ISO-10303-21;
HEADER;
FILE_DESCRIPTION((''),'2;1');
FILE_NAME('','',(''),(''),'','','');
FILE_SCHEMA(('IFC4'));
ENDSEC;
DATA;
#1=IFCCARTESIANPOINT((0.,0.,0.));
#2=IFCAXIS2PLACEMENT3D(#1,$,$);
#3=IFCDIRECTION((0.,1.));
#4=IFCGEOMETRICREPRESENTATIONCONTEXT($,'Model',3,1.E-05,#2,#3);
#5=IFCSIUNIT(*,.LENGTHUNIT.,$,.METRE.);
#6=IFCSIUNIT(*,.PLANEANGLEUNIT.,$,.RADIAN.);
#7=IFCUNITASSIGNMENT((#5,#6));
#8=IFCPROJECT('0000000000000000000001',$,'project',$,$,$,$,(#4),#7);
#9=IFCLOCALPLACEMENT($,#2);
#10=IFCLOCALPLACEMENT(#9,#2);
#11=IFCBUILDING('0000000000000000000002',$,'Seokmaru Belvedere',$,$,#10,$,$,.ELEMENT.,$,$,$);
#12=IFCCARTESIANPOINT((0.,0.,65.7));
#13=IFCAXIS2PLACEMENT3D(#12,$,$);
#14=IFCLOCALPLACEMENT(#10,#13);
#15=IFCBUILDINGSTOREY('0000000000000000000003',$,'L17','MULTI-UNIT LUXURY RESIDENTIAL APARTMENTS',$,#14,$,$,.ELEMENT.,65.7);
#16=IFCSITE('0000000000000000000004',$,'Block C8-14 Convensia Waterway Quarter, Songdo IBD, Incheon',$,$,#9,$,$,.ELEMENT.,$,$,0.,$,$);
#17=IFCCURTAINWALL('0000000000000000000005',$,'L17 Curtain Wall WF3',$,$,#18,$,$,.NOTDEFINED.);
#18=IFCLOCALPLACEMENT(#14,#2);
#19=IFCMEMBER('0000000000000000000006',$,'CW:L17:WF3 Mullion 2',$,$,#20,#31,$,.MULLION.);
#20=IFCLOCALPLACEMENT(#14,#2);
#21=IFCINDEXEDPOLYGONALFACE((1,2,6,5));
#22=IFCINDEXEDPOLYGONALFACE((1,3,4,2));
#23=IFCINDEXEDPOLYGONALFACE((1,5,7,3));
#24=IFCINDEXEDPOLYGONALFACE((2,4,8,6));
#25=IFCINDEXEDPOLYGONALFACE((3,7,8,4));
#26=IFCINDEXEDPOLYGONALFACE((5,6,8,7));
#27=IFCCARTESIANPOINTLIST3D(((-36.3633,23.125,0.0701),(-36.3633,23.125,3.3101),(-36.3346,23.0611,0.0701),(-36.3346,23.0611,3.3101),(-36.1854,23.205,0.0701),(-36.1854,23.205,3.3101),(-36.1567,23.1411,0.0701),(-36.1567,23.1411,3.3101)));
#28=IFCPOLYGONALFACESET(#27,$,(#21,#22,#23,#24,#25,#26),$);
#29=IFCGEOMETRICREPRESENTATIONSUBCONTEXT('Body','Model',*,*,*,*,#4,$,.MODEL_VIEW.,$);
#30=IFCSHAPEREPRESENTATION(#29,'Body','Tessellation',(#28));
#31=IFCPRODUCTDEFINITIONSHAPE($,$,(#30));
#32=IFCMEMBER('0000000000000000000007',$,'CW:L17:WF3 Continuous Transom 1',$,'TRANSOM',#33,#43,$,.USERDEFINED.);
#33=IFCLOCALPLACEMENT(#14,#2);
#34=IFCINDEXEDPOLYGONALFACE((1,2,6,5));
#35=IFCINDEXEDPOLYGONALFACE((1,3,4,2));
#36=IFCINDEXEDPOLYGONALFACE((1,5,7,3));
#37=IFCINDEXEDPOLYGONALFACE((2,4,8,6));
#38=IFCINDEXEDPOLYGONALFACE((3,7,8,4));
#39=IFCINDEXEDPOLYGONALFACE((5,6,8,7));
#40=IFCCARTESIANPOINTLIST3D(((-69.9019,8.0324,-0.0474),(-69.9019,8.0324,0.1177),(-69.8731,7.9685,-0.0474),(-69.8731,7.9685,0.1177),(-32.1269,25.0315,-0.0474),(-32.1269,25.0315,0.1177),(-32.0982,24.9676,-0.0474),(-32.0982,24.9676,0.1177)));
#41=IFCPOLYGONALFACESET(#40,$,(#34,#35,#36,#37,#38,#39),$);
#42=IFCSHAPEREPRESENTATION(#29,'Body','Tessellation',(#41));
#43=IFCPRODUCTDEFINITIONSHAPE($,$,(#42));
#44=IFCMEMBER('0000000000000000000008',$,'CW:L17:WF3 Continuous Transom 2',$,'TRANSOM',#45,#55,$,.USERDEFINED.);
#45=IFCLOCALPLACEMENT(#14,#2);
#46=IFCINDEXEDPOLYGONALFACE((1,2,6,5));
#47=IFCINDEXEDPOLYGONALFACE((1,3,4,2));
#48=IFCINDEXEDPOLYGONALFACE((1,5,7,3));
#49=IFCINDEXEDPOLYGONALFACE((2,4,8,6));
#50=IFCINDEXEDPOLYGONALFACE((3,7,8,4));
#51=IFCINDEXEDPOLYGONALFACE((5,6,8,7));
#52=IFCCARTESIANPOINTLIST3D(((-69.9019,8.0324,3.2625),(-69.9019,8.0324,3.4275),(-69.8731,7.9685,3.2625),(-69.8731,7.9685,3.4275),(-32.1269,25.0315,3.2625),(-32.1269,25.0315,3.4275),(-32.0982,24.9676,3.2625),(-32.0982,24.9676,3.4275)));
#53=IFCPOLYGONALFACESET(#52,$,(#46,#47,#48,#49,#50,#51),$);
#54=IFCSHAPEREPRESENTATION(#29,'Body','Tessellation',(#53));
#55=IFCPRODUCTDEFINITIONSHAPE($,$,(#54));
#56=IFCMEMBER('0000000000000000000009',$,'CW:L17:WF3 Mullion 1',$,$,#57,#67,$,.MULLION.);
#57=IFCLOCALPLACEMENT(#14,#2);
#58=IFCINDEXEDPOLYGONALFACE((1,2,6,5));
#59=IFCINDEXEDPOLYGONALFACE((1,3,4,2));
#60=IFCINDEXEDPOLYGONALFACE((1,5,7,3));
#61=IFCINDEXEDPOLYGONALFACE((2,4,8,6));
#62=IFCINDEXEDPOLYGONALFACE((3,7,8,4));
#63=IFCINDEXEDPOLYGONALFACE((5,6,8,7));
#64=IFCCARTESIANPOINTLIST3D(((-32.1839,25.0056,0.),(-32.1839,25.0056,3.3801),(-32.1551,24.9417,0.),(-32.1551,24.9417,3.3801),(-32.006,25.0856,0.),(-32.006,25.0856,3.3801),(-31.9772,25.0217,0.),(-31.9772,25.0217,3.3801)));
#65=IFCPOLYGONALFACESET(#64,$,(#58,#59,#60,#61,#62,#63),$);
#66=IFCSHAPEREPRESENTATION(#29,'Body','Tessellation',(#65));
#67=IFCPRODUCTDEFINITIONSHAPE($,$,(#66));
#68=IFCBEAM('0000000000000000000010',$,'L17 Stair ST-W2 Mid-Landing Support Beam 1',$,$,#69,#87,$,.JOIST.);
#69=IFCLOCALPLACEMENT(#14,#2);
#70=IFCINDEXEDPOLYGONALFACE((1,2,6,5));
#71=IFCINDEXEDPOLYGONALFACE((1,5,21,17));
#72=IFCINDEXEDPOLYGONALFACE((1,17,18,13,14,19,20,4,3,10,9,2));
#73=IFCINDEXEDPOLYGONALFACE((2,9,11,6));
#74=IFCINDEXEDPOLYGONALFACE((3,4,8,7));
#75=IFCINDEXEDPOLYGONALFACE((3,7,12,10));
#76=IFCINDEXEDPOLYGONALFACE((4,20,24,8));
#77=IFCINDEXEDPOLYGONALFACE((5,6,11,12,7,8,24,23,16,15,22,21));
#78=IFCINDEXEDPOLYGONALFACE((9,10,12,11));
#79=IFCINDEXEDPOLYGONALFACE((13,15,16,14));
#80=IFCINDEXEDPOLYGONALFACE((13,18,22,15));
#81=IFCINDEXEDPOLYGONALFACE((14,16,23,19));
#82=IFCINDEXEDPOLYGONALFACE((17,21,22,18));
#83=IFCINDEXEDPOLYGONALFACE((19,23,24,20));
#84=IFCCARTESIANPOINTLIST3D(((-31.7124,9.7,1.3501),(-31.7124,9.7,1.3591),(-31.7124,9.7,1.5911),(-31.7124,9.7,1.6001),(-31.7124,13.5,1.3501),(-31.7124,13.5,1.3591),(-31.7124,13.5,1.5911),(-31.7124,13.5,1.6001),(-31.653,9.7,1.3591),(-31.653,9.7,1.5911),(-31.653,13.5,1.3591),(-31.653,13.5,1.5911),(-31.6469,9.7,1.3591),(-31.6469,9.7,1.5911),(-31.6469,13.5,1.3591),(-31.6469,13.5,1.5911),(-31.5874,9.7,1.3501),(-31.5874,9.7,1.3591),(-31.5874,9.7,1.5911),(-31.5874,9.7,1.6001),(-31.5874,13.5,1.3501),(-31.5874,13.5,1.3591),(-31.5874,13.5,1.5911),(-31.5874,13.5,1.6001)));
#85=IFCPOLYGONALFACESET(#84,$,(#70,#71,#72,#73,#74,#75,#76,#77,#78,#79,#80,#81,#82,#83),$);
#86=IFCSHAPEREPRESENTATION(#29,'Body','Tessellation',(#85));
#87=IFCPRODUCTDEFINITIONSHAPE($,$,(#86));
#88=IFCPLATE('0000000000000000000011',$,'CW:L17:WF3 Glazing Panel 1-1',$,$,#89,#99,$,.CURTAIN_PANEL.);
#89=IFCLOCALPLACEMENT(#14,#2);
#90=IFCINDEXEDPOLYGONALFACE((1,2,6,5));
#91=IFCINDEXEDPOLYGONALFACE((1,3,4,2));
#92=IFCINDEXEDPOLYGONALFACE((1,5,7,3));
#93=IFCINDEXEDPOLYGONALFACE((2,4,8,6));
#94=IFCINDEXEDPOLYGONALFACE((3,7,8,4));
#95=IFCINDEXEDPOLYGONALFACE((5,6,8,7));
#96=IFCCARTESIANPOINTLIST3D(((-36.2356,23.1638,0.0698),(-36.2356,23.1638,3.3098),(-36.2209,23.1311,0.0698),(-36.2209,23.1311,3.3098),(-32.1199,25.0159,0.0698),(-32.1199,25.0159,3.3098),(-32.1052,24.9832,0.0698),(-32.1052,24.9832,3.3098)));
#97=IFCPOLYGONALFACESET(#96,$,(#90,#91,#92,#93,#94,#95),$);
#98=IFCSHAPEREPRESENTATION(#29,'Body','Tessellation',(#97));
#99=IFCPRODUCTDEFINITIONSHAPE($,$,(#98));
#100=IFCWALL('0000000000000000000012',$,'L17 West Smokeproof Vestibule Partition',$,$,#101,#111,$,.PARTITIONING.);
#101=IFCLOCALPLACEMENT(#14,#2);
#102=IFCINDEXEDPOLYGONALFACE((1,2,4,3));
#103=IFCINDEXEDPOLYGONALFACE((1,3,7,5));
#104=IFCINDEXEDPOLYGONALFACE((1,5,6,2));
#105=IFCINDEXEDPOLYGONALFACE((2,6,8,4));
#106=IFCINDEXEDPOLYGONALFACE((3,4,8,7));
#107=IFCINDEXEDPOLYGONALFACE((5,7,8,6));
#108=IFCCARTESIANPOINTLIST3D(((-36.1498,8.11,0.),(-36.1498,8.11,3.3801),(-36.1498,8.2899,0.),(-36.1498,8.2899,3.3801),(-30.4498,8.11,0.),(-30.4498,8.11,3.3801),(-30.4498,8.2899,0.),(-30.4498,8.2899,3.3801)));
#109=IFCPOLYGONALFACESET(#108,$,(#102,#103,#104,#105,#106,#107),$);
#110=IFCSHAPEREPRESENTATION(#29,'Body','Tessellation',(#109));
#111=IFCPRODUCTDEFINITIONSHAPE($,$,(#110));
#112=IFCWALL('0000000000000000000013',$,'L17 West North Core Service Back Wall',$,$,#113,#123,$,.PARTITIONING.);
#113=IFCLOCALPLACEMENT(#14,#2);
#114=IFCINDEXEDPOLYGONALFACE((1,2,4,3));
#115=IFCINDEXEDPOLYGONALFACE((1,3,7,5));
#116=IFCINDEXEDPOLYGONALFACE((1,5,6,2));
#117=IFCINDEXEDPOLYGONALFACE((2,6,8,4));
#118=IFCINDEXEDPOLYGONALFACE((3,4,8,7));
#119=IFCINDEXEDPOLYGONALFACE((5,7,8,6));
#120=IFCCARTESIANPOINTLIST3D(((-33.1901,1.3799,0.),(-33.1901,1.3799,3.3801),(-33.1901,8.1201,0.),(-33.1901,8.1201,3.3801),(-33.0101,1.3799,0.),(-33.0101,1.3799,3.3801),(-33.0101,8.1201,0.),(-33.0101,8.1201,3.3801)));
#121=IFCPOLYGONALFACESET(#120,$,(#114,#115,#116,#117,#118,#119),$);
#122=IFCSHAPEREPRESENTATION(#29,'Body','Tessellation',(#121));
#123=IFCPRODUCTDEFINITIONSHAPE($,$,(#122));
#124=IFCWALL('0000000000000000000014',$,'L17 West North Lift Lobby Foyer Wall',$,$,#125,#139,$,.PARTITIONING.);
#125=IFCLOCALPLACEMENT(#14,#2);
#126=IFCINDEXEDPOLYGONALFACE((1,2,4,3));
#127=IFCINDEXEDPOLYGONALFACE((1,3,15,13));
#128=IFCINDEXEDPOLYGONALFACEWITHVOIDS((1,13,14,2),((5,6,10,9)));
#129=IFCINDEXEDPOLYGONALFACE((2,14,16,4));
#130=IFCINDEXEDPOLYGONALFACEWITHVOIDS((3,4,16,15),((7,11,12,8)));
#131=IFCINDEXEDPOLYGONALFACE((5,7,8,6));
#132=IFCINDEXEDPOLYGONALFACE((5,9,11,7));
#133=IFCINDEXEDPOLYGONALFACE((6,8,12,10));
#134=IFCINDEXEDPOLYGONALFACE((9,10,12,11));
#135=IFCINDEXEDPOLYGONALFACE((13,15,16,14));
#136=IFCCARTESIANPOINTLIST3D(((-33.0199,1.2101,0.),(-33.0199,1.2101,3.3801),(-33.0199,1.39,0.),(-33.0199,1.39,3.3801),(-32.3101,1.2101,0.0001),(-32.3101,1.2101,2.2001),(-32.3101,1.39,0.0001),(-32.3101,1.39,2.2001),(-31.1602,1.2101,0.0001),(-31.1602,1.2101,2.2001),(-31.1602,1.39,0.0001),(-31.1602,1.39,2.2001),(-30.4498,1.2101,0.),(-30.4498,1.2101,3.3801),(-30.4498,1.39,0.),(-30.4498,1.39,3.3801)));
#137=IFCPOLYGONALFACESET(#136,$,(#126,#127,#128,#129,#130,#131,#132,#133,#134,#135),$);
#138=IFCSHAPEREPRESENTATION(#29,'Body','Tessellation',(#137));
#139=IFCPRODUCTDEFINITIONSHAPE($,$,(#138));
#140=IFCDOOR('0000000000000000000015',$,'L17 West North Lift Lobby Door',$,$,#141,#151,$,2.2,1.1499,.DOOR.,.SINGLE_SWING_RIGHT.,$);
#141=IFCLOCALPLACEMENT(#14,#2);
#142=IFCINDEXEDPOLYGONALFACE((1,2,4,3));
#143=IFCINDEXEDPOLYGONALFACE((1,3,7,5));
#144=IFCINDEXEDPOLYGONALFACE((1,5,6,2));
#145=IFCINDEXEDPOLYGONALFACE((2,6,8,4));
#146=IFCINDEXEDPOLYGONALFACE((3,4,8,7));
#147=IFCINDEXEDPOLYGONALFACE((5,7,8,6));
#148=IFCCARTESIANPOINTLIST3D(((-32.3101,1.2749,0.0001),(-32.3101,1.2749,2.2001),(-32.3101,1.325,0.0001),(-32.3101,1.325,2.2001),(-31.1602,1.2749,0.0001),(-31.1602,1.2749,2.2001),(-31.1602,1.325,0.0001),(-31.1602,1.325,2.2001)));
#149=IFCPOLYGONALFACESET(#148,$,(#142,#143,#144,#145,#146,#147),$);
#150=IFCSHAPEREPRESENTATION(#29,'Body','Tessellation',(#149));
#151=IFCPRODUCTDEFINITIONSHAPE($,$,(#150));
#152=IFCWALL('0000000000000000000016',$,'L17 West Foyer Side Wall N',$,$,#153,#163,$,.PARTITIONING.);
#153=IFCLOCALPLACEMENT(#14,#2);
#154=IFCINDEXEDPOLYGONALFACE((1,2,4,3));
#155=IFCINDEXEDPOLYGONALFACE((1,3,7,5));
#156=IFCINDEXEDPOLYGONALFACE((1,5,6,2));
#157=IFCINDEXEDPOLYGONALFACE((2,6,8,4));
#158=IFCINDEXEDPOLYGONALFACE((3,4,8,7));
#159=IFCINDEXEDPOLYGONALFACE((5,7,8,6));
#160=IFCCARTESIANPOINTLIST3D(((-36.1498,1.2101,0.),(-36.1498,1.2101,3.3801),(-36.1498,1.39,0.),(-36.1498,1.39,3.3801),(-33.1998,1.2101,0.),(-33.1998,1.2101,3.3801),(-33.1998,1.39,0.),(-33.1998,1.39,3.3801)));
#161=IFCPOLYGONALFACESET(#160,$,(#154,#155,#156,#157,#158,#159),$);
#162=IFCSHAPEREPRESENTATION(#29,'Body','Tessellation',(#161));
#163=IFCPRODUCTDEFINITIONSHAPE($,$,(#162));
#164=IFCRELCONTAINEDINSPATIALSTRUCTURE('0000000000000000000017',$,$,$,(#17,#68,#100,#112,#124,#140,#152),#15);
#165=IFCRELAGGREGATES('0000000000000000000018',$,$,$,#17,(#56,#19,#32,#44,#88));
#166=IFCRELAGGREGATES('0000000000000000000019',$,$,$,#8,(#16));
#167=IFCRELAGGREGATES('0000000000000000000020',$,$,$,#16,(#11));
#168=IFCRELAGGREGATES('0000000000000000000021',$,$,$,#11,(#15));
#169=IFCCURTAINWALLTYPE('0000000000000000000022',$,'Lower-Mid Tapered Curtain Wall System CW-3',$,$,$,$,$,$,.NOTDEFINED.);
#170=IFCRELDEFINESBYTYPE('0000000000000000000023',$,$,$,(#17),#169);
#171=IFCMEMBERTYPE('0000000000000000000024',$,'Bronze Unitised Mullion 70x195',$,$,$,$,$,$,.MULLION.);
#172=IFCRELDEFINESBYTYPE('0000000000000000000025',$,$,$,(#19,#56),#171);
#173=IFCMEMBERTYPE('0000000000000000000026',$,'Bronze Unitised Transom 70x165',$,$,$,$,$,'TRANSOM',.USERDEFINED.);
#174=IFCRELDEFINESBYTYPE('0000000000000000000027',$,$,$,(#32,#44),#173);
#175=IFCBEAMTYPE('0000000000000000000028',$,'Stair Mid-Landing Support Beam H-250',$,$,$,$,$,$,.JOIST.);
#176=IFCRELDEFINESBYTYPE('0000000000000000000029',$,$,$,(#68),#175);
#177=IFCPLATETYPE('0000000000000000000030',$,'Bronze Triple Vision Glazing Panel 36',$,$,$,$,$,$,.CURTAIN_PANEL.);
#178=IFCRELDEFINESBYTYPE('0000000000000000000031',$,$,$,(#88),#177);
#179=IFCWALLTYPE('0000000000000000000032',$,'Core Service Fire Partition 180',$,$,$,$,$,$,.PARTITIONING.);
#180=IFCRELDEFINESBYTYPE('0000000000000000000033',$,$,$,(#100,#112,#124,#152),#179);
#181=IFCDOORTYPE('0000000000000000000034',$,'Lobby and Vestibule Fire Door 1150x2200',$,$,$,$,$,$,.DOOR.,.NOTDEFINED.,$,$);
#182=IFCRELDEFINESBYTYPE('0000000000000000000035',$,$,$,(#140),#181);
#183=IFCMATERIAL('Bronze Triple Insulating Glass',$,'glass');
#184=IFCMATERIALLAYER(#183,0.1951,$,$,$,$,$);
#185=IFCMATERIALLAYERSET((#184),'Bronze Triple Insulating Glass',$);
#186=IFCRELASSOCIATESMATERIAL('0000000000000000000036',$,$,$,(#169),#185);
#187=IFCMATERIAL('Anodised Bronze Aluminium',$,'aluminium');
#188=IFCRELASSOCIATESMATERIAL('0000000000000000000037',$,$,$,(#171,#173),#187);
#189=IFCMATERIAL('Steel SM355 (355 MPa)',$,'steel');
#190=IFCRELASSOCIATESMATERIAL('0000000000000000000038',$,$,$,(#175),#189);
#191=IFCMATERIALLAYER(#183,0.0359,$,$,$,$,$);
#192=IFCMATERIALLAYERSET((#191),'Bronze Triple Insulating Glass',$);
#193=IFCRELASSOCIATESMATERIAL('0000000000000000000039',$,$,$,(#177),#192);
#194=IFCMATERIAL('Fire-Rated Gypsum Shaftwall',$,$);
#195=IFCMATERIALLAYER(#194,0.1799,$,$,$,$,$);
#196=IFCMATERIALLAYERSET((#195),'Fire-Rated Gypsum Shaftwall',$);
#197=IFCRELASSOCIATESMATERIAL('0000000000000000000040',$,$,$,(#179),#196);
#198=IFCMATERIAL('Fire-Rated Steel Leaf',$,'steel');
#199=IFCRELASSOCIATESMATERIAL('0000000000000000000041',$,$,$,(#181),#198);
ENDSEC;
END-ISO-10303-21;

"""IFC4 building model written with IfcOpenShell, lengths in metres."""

from ifc_helpers import new_model, si_unit, direction, frame, frame_2d, origin, origin_2d, place, context, subcontext, project, spatial, rectangle, i_section, extrude, source, transform, mapped, material, layer, layer_set, material_profile, profile_set, type_object, type_shapes, element, fill, aggregate, save


model = new_model("IFC4")

# Units and contexts
model_context = context("Model", 3, precision=1e-05, world=origin(), true_north=direction((0.0, 1.0)))
body_context = subcontext(model_context, "Body", "Model", "MODEL_VIEW")
ifc_project = project(units=[si_unit("LENGTHUNIT", "METRE"), si_unit("PLANEANGLEUNIT", "RADIAN")], contexts=[model_context])

# Site, building, storey
site_placement = place(None, origin())
site = spatial("IfcSite", under=ifc_project, at=site_placement, Name="Block C8-14 Convensia Waterway Quarter, Songdo IBD, Incheon", CompositionType="ELEMENT", RefElevation=0.0)
building_placement = place(site_placement, origin())
building = spatial("IfcBuilding", under=site, at=building_placement, Name="Seokmaru Belvedere", CompositionType="ELEMENT")
storey_placement = place(building_placement, frame((0.0, 0.0, 65.7)))
storey = spatial("IfcBuildingStorey", under=building, at=storey_placement, Name="L17", Description="MULTI-UNIT LUXURY RESIDENTIAL APARTMENTS", CompositionType="ELEMENT", Elevation=65.7)

# Shared definitions
ifc_material_1 = material(Name="Steel SM355 (355 MPa)", Category="steel")

# Curtain wall, members
ifc_material_2 = material(Name="Bronze Triple Insulating Glass", Category="glass")
ifc_layer_1 = layer(ifc_material_2, 0.1951)
ifc_layer_set_1 = layer_set([ifc_layer_1], Name="Bronze Triple Insulating Glass")
curtain_wall_type = type_object("IfcCurtainWallType", Name="Lower-Mid Tapered Curtain Wall System CW-3", PredefinedType="NOTDEFINED", material=ifc_layer_set_1)
curtain_wall_placement = place(storey_placement, origin())
curtain_wall = element("IfcCurtainWall", 1, at=curtain_wall_placement, inside=storey, type_object=curtain_wall_type, Name="L17 Curtain Wall WF3", PredefinedType="NOTDEFINED")
ifc_material_3 = material(Name="Anodised Bronze Aluminium", Category="aluminium")
ifc_material_profile_1 = material_profile(ifc_material_3, rectangle(XDim=0.0701, YDim=0.1951, at=origin_2d()), Name="CW-M-70x195")
ifc_profile_set_1 = profile_set([ifc_material_profile_1], Name="Anodised Bronze Aluminium")
member_type_1 = type_object("IfcMemberType", Name="Bronze Unitised Mullion 70x195", PredefinedType="MULLION", material=ifc_profile_set_1)
shared_shape_1 = source(origin(), body_context, "Body", "SweptSolid", [
    extrude(rectangle(XDim=0.0701, YDim=0.1951, at=origin_2d()), origin(), (0.0, 0.0, 1.0), 3.24),
])
member_1_placement = place(storey_placement, frame((-36.26, 23.1331, 0.0701), z_axis=(0.0, 0.0, 1.0), x_axis=(0.410366, -0.911921, 0.0)))
member_1 = element("IfcMember", 2, at=member_1_placement, type_object=member_type_1, Name="CW:L17:WF3 Mullion 2", PredefinedType="MULLION", context=body_context, shape_type="MappedRepresentation", body=[
    mapped(shared_shape_1, transform((0.0, 0.0, 0.0), scale=1.0)),
])
ifc_material_profile_2 = material_profile(ifc_material_3, rectangle(XDim=0.0701, YDim=0.165, at=origin_2d()), Name="CW-T-70x165")
ifc_profile_set_2 = profile_set([ifc_material_profile_2], Name="Anodised Bronze Aluminium")
member_type_2 = type_object("IfcMemberType", Name="Bronze Unitised Transom 70x165", ElementType="TRANSOM", PredefinedType="USERDEFINED", material=ifc_profile_set_2)
shared_shape_2 = source(origin(), body_context, "Body", "SweptSolid", [
    extrude(rectangle(XDim=0.0701, YDim=0.165, at=origin_2d()), origin(), (0.0, 0.0, 1.0), 41.4236),
])
type_shapes(member_type_2, [shared_shape_2])
member_2_placement = place(storey_placement, frame((-32.1125, 24.9995, 0.0352), z_axis=(-0.911919, -0.410371, 0.0), x_axis=(0.410371, -0.911919, 0.0)))
member_2 = element("IfcMember", 3, at=member_2_placement, type_object=member_type_2, Name="CW:L17:WF3 Continuous Transom 1", ObjectType="TRANSOM", PredefinedType="USERDEFINED", context=body_context, shape_type="MappedRepresentation", body=[
    mapped(shared_shape_2, transform((0.0, 0.0, 0.0), scale=1.0)),
])
member_3_placement = place(storey_placement, frame((-32.1125, 24.9995, 3.345), z_axis=(-0.911919, -0.410371, 0.0), x_axis=(0.410371, -0.911919, 0.0)))
member_3 = element("IfcMember", 4, at=member_3_placement, type_object=member_type_2, Name="CW:L17:WF3 Continuous Transom 2", ObjectType="TRANSOM", PredefinedType="USERDEFINED", context=body_context, shape_type="MappedRepresentation", body=[
    mapped(shared_shape_2, transform((0.0, 0.0, 0.0), scale=1.0)),
])
shared_shape_3 = source(origin(), body_context, "Body", "SweptSolid", [
    extrude(rectangle(XDim=0.0701, YDim=0.1951, at=origin_2d()), origin(), (0.0, 0.0, 1.0), 3.3801),
])
type_shapes(member_type_1, [shared_shape_1, shared_shape_3])
member_4_placement = place(storey_placement, frame((-32.0806, 25.0137, 0.0), z_axis=(0.0, 0.0, 1.0), x_axis=(0.410366, -0.911921, 0.0)))
member_4 = element("IfcMember", 5, at=member_4_placement, type_object=member_type_1, Name="CW:L17:WF3 Mullion 1", PredefinedType="MULLION", context=body_context, shape_type="MappedRepresentation", body=[
    mapped(shared_shape_3, transform((0.0, 0.0, 0.0), scale=1.0)),
])

# Beam
ifc_material_profile_3 = material_profile(ifc_material_1, i_section(OverallWidth=0.125, OverallDepth=0.25, WebThickness=0.0061, FlangeThickness=0.009, at=origin_2d()), Name="H-250x125x6x9")
ifc_profile_set_3 = profile_set([ifc_material_profile_3], Name="Steel SM355 (355 MPa)")
beam_type_1 = type_object("IfcBeamType", Name="Stair Mid-Landing Support Beam H-250", PredefinedType="JOIST", material=ifc_profile_set_3)
shared_shape_4 = source(origin(), body_context, "Body", "SweptSolid", [
    extrude(i_section(OverallWidth=0.125, OverallDepth=0.25, WebThickness=0.0061, FlangeThickness=0.009, at=origin_2d()), origin(), (0.0, 0.0, 1.0), 3.8),
])
type_shapes(beam_type_1, [shared_shape_4])
beam_1_placement = place(storey_placement, frame((-31.6499, 9.7, 1.4751), z_axis=(0.0, 1.0, 0.0), x_axis=(-1.0, 0.0, 0.0)))
element("IfcBeam", 6, at=beam_1_placement, inside=storey, type_object=beam_type_1, Name="L17 Stair ST-W2 Mid-Landing Support Beam 1", PredefinedType="JOIST", context=body_context, shape_type="MappedRepresentation", body=[
    mapped(shared_shape_4, transform((0.0, 0.0, 0.0), scale=1.0)),
])

# Plate
ifc_layer_2 = layer(ifc_material_2, 0.0359)
ifc_layer_set_2 = layer_set([ifc_layer_2], Name="Bronze Triple Insulating Glass")
plate_type = type_object("IfcPlateType", Name="Bronze Triple Vision Glazing Panel 36", PredefinedType="CURTAIN_PANEL", material=ifc_layer_set_2)
shared_shape_5 = source(origin(), body_context, "Body", "SweptSolid", [
    extrude(rectangle(XDim=4.5132, YDim=0.0359, at=origin_2d()), origin(), (0.0, 0.0, 1.0), 3.24),
])
type_shapes(plate_type, [shared_shape_5])
plate_placement = place(storey_placement, frame((-34.1704, 24.0735, 0.0698), z_axis=(0.0, 0.0, 1.0), x_axis=(-0.911921, -0.410366, 0.0)))
plate = element("IfcPlate", 7, at=plate_placement, type_object=plate_type, Name="CW:L17:WF3 Glazing Panel 1-1", PredefinedType="CURTAIN_PANEL", context=body_context, shape_type="MappedRepresentation", body=[
    mapped(shared_shape_5, transform((0.0, 0.0, 0.0), scale=1.0)),
])
aggregate(curtain_wall, [member_4, member_1, member_2, member_3, plate])

# Walls
ifc_material_4 = material(Name="Fire-Rated Gypsum Shaftwall")
ifc_layer_3 = layer(ifc_material_4, 0.1799)
ifc_layer_set_3 = layer_set([ifc_layer_3], Name="Fire-Rated Gypsum Shaftwall")
wall_type_1 = type_object("IfcWallType", Name="Core Service Fire Partition 180", PredefinedType="PARTITIONING", material=ifc_layer_set_3)
wall_1_placement = place(storey_placement, frame((-36.1499, 8.2, 0.0), z_axis=(0.0, 0.0, 1.0), x_axis=(1.0, 0.0, 0.0)))
element("IfcWall", 8, at=wall_1_placement, inside=storey, type_object=wall_type_1, Name="L17 West Smokeproof Vestibule Partition", PredefinedType="PARTITIONING", context=body_context, shape_type="SweptSolid", body=[
    extrude(rectangle(XDim=5.7, YDim=0.1799, at=frame_2d((2.8501, 0.0))), origin(), (0.0, 0.0, 1.0), 3.3801),
])
wall_2_placement = place(storey_placement, frame((-33.1001, 1.3799, 0.0), z_axis=(0.0, 0.0, 1.0), x_axis=(0.0, 1.0, 0.0)))
element("IfcWall", 9, at=wall_2_placement, inside=storey, type_object=wall_type_1, Name="L17 West North Core Service Back Wall", PredefinedType="PARTITIONING", context=body_context, shape_type="SweptSolid", body=[
    extrude(rectangle(XDim=6.7402, YDim=0.1799, at=frame_2d((3.3701, 0.0))), origin(), (0.0, 0.0, 1.0), 3.3801),
])

# Wall, opening, door
wall_3_placement = place(storey_placement, frame((-33.02, 1.3, 0.0), z_axis=(0.0, 0.0, 1.0), x_axis=(1.0, 0.0, 0.0)))
wall_3 = element("IfcWall", 10, at=wall_3_placement, inside=storey, type_object=wall_type_1, Name="L17 West North Lift Lobby Foyer Wall", PredefinedType="PARTITIONING", context=body_context, shape_type="SweptSolid", body=[
    extrude(rectangle(XDim=2.5701, YDim=0.1799, at=frame_2d((1.2852, 0.0))), origin(), (0.0, 0.0, 1.0), 3.3801),
])
opening_1_placement = place(wall_3_placement, frame((0.71, 0.0, 0.0)))
opening_1 = element("IfcOpeningElement", 11, at=opening_1_placement, cuts=wall_3, PredefinedType="OPENING", context=body_context, shape_type="SweptSolid", body=[
    extrude(rectangle(XDim=1.1499, YDim=2.2, at=frame_2d((0.575, 1.1001))), frame((0.0, 0.1001, 0.0), z_axis=(0.0, -1.0, 0.0), x_axis=(1.0, 0.0, 0.0)), (0.0, 0.0, 1.0), 0.2),
])
ifc_material_5 = material(Name="Fire-Rated Steel Leaf", Category="steel")
door_type_1 = type_object("IfcDoorType", Name="Lobby and Vestibule Fire Door 1150x2200", OperationType="NOTDEFINED", PredefinedType="DOOR", material=ifc_material_5)
shared_shape_6 = source(origin(), body_context, "Body", "SweptSolid", [
    extrude(rectangle(XDim=1.1499, YDim=2.2, at=frame_2d((0.575, 1.1001))), frame((0.0, 0.0249, 0.0), z_axis=(0.0, -1.0, 0.0), x_axis=(1.0, 0.0, 0.0)), (0.0, 0.0, 1.0), 0.05),
])
type_shapes(door_type_1, [shared_shape_6])
door_1_placement = place(opening_1_placement, origin())
door_1 = element("IfcDoor", 12, at=door_1_placement, inside=storey, type_object=door_type_1, Name="L17 West North Lift Lobby Door", OperationType="SINGLE_SWING_RIGHT", OverallHeight=2.2, OverallWidth=1.1499, PredefinedType="DOOR", context=body_context, shape_type="MappedRepresentation", body=[
    mapped(shared_shape_6, transform((0.0, 0.0, 0.0), scale=1.0)),
])
fill(opening_1, door_1)

# Wall
wall_4_placement = place(storey_placement, frame((-36.1499, 1.3, 0.0), z_axis=(0.0, 0.0, 1.0), x_axis=(1.0, 0.0, 0.0)))
element("IfcWall", 13, at=wall_4_placement, inside=storey, type_object=wall_type_1, Name="L17 West Foyer Side Wall N", PredefinedType="PARTITIONING", context=body_context, shape_type="SweptSolid", body=[
    extrude(rectangle(XDim=2.95, YDim=0.1799, at=frame_2d((1.4751, 0.0))), origin(), (0.0, 0.0, 1.0), 3.3801),
])

save(model, "model.ifc")
